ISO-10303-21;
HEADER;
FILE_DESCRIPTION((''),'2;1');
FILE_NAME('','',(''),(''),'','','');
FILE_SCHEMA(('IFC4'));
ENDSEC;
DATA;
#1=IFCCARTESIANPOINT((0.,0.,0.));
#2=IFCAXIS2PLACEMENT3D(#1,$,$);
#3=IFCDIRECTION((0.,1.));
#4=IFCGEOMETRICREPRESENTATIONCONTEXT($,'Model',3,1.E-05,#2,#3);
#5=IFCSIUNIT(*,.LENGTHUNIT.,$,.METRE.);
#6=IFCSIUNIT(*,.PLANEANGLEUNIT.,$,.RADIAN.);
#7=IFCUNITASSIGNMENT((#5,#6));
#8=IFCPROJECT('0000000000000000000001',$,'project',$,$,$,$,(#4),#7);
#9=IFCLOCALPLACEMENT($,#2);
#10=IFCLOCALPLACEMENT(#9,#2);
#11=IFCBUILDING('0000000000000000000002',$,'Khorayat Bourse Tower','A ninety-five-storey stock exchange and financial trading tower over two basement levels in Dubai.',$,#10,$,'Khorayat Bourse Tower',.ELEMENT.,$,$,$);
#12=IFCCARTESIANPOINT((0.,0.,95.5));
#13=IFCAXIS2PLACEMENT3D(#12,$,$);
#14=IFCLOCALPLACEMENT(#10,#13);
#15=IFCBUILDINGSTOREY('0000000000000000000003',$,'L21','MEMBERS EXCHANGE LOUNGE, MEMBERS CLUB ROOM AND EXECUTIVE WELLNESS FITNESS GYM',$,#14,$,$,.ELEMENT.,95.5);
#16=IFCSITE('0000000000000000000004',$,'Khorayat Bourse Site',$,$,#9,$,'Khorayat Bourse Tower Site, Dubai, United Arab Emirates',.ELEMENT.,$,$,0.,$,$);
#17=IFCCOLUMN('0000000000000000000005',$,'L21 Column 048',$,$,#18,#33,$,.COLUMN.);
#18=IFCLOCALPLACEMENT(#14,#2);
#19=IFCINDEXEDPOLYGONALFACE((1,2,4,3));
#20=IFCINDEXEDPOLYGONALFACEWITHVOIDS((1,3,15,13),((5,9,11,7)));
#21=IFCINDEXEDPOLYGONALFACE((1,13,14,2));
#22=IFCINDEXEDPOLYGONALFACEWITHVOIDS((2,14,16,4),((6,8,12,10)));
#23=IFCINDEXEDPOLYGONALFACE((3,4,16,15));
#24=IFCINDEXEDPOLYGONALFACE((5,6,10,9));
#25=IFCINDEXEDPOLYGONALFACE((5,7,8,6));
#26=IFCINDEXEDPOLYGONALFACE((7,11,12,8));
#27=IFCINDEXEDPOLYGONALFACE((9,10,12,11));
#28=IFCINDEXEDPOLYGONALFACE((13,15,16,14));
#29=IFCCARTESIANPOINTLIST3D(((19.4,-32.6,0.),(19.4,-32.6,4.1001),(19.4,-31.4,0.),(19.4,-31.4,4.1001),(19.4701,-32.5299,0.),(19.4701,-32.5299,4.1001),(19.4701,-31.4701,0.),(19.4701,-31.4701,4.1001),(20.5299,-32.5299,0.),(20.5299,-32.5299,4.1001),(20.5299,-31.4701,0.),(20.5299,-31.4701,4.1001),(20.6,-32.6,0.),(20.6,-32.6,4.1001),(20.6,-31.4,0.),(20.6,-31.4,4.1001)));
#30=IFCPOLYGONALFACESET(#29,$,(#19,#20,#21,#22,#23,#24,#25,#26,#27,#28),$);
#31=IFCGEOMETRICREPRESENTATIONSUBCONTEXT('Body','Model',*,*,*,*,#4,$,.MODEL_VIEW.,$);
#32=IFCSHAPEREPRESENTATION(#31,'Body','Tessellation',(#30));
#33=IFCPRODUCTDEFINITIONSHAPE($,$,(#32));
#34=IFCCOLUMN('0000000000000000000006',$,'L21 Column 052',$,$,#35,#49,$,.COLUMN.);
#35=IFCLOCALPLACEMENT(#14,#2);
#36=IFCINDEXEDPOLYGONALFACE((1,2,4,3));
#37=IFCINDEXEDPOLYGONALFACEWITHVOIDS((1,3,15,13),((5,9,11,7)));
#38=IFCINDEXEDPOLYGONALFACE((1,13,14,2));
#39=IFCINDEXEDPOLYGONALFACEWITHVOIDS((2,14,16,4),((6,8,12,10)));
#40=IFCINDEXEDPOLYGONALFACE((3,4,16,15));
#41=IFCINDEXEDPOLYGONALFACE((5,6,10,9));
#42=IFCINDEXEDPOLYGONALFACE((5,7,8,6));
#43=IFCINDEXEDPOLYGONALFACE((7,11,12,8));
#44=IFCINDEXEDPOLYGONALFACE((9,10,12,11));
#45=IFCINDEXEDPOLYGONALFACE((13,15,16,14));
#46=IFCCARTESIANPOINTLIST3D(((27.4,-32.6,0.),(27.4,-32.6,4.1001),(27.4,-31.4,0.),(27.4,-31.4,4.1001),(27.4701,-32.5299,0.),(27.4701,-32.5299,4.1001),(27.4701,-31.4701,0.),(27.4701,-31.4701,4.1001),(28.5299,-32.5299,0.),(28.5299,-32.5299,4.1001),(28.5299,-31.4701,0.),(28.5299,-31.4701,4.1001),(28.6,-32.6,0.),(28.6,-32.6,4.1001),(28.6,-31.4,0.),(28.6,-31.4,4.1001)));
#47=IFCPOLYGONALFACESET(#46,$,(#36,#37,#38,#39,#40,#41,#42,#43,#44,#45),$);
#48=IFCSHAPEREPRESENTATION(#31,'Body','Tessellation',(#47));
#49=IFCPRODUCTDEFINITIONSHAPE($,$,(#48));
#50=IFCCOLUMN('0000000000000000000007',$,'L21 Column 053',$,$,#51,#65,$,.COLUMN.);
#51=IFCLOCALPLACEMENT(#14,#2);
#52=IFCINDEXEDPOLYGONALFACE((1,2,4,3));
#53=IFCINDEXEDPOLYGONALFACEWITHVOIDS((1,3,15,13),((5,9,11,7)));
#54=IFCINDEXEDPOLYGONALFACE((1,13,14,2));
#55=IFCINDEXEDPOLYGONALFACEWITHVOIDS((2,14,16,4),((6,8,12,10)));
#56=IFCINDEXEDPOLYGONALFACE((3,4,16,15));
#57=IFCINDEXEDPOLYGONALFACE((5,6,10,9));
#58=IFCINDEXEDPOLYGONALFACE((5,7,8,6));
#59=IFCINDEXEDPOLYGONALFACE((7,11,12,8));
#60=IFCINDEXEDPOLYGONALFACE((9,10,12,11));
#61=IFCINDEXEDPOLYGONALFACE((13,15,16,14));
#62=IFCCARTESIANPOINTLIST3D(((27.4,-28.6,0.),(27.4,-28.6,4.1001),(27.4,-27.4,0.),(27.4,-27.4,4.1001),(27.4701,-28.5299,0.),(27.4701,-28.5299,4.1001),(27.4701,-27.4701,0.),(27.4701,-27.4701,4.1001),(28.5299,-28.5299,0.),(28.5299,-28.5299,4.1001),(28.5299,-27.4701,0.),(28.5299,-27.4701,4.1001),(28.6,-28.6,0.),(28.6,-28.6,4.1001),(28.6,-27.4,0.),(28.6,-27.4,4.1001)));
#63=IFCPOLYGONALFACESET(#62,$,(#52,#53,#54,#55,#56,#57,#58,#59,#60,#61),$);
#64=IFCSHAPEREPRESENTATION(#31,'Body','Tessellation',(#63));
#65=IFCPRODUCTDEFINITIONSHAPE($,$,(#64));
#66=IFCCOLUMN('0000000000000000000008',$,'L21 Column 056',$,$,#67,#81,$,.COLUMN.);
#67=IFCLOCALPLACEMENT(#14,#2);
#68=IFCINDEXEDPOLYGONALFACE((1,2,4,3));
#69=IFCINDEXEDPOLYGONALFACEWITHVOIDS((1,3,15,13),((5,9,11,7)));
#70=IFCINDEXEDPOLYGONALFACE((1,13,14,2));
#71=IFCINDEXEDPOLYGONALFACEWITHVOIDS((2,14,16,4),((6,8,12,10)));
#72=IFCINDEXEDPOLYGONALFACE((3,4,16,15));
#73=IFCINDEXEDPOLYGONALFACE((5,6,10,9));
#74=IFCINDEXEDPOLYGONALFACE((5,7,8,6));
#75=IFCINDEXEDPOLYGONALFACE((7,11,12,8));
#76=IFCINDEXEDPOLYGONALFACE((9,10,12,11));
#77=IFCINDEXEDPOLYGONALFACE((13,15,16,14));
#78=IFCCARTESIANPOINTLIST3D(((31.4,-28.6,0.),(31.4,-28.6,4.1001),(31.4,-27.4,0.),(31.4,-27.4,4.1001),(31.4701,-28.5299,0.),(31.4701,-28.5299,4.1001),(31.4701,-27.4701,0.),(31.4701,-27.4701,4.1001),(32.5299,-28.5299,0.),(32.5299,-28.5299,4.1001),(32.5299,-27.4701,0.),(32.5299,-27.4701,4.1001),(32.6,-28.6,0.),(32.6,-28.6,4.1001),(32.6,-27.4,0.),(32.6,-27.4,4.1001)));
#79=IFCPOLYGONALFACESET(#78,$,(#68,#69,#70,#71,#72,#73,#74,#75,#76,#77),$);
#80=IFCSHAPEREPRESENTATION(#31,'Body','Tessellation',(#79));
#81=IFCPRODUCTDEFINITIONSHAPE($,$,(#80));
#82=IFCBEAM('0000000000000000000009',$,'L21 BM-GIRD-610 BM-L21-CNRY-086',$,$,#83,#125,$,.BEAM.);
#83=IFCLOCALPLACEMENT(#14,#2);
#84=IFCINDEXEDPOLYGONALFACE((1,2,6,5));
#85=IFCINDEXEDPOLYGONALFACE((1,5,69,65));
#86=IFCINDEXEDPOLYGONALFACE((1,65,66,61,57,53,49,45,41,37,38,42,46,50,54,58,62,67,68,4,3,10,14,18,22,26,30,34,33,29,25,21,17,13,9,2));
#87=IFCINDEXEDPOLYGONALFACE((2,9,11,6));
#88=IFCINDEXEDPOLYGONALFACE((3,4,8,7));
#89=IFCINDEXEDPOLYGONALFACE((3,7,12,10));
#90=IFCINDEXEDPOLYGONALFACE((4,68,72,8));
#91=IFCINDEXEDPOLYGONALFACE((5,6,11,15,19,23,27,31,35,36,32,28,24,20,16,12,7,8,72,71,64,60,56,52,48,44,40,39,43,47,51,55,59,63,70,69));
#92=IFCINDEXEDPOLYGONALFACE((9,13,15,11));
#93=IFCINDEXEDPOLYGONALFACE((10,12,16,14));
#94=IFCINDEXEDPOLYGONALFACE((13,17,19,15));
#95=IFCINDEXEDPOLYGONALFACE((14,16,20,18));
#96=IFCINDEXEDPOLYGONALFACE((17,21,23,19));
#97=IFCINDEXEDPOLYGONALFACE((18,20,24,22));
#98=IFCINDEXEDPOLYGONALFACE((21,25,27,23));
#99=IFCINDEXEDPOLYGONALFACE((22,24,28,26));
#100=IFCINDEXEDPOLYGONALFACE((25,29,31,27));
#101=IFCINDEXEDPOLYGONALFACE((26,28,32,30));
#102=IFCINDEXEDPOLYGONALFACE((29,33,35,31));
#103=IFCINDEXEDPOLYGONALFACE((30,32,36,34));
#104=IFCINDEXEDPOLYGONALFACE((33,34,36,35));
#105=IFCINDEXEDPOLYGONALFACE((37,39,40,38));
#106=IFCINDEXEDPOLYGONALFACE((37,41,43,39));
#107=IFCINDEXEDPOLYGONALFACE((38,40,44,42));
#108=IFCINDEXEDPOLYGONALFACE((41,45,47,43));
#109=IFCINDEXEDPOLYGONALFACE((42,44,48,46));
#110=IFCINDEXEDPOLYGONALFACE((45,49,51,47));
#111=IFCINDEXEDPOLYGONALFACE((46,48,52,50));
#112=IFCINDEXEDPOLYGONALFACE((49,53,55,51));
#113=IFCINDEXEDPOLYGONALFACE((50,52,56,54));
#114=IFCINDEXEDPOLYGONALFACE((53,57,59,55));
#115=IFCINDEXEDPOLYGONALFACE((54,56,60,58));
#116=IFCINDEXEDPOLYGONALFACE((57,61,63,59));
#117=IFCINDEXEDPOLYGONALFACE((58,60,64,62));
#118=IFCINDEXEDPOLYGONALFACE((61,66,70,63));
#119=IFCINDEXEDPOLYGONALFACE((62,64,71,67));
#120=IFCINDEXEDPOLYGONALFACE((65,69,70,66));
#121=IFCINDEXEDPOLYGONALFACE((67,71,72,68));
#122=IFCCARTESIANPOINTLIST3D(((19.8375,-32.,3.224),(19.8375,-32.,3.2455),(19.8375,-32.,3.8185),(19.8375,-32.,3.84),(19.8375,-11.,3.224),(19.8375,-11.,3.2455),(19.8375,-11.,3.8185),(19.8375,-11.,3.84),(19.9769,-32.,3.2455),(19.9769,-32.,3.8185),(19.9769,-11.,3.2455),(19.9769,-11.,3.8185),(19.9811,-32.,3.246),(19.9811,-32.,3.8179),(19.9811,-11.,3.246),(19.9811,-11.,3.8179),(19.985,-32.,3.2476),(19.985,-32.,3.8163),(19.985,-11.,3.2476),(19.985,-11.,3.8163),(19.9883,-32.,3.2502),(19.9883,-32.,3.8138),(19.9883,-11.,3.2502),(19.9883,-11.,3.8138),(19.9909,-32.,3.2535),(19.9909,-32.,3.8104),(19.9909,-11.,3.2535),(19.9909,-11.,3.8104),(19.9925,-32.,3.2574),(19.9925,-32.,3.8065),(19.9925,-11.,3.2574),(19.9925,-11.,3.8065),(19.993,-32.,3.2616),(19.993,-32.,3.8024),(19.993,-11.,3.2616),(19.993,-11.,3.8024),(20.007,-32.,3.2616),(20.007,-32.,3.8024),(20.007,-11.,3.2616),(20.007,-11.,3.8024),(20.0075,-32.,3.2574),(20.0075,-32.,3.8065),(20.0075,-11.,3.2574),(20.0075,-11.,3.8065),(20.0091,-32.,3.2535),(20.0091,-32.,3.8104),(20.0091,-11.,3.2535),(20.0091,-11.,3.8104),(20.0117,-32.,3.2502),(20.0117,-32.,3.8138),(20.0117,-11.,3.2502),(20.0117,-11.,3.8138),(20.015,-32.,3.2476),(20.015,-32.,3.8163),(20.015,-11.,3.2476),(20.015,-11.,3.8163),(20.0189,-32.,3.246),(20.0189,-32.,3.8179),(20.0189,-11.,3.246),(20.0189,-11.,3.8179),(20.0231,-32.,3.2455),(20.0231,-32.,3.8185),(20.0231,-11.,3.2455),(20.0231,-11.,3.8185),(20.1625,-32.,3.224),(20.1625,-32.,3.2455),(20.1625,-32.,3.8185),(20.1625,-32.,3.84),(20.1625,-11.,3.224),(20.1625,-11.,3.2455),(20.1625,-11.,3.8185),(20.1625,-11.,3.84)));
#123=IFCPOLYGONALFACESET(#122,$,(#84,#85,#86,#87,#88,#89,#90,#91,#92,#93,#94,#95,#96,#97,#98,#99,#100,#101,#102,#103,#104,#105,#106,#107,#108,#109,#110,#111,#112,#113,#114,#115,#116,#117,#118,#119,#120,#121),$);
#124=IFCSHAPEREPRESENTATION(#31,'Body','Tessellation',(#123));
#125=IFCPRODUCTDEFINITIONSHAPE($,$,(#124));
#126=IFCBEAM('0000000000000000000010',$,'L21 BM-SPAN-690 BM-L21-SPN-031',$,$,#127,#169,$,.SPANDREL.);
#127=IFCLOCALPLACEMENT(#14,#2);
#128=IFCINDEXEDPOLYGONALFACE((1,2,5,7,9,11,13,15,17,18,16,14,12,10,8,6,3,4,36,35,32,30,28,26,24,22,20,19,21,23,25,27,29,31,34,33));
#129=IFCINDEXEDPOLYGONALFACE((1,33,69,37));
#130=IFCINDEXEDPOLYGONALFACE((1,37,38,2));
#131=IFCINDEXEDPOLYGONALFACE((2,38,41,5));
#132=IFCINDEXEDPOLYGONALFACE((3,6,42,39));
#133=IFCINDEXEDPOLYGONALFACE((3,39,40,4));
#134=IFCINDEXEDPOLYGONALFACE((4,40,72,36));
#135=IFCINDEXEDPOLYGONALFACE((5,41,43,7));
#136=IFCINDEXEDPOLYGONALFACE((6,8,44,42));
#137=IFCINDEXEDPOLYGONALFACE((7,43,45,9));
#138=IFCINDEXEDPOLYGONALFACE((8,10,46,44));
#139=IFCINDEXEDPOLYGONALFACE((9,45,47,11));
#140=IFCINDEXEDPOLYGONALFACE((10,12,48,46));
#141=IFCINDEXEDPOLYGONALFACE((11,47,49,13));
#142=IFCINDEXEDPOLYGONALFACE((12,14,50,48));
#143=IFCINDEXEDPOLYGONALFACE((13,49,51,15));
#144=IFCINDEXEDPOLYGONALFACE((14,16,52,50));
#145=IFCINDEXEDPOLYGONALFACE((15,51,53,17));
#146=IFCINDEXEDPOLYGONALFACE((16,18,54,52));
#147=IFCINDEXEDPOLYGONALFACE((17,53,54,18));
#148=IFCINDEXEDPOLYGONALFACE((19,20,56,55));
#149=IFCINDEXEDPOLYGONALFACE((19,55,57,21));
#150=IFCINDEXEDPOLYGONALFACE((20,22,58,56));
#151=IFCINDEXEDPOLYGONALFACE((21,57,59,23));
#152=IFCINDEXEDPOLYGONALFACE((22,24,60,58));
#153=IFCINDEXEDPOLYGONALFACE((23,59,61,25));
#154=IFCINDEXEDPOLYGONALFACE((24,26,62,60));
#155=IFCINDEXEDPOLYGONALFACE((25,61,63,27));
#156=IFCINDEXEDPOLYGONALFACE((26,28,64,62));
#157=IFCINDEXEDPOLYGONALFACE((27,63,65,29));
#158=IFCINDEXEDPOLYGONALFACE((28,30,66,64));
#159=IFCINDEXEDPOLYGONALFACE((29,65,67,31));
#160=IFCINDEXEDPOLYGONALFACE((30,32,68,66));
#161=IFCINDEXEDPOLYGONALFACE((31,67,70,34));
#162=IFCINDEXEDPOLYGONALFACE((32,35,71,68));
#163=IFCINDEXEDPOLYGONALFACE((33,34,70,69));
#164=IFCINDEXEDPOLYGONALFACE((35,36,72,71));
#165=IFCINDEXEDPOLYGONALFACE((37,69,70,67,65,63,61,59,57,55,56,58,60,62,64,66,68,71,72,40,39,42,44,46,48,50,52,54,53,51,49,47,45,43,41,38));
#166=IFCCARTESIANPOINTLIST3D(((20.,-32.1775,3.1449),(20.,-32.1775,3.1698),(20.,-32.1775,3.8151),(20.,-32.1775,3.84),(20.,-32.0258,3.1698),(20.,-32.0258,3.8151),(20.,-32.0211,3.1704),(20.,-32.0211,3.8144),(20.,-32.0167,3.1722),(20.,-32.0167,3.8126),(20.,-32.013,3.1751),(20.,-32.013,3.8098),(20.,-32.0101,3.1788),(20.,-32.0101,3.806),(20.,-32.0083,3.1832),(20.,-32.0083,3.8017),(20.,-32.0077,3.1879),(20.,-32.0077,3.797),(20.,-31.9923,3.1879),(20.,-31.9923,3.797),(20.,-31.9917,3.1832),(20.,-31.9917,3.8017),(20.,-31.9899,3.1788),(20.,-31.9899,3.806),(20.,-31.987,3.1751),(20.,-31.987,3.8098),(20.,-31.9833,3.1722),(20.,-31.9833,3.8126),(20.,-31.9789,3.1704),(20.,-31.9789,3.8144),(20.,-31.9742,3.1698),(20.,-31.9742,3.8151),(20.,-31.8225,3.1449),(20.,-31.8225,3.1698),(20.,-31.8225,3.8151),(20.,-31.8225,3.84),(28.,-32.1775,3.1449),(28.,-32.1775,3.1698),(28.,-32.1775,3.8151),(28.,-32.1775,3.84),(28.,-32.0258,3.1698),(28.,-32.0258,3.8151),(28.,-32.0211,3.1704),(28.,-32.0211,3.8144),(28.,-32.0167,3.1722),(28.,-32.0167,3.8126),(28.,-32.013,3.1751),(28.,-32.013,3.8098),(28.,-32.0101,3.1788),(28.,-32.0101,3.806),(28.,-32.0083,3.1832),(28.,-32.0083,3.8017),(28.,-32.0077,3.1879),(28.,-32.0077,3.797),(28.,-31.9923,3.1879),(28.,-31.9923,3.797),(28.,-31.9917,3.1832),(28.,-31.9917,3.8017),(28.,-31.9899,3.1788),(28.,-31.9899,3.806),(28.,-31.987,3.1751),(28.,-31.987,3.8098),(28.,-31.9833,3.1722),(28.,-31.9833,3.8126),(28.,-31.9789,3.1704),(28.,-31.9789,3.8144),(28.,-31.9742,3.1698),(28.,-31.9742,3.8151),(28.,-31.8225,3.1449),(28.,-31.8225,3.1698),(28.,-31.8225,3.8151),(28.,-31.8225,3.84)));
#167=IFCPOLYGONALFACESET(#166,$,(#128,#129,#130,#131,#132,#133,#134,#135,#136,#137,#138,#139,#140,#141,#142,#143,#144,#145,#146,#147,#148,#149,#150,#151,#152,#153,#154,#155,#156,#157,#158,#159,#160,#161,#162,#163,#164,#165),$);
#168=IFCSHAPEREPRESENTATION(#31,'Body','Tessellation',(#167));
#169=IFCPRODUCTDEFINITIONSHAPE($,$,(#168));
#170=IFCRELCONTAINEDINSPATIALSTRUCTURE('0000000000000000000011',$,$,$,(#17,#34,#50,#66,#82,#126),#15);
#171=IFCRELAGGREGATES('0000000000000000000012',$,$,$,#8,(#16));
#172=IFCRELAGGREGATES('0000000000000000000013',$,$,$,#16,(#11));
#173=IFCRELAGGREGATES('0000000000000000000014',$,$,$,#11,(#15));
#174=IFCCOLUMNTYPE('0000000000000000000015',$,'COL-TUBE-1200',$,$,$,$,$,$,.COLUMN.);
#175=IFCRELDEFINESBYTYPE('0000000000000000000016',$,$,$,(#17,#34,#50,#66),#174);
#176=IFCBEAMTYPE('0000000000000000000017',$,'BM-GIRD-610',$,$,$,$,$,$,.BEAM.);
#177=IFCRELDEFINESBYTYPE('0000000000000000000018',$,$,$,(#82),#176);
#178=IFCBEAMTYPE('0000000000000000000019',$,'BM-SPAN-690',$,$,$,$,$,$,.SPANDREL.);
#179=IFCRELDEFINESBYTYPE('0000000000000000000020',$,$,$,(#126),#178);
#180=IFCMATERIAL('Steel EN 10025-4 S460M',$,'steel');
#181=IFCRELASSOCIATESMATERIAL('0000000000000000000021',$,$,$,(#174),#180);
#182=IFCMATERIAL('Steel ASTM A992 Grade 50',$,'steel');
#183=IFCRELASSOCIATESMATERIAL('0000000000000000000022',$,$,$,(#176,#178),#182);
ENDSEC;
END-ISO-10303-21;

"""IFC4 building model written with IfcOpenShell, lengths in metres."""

from ifc_helpers import new_model, si_unit, direction, frame, origin, origin_2d, place, context, subcontext, project, spatial, hollow_rectangle, i_section, extrude, source, transform, mapped, material, material_profile, profile_set, type_object, element, save


model = new_model("IFC4")

# Units and contexts
model_context = context("Model", 3, precision=1e-05, world=origin(), true_north=direction((0.0, 1.0)))
body_context = subcontext(model_context, "Body", "Model", "MODEL_VIEW")
ifc_project = project(units=[si_unit("LENGTHUNIT", "METRE"), si_unit("PLANEANGLEUNIT", "RADIAN")], contexts=[model_context])

# Site, building, storey
site_placement = place(None, origin())
site = spatial("IfcSite", under=ifc_project, at=site_placement, Name="Khorayat Bourse Site", LongName="Khorayat Bourse Tower Site, Dubai, United Arab Emirates", CompositionType="ELEMENT", RefElevation=0.0)
building_placement = place(site_placement, origin())
building = spatial("IfcBuilding", under=site, at=building_placement, Name="Khorayat Bourse Tower", Description="A ninety-five-storey stock exchange and financial trading tower over two basement levels in Dubai.", LongName="Khorayat Bourse Tower", CompositionType="ELEMENT")
storey_placement = place(building_placement, frame((0.0, 0.0, 95.5)))
storey = spatial("IfcBuildingStorey", under=building, at=storey_placement, Name="L21", Description="MEMBERS EXCHANGE LOUNGE, MEMBERS CLUB ROOM AND EXECUTIVE WELLNESS FITNESS GYM", CompositionType="ELEMENT", Elevation=95.5)

# Columns
ifc_material_1 = material(Name="Steel EN 10025-4 S460M", Category="steel")
ifc_material_profile_1 = material_profile(ifc_material_1, hollow_rectangle(XDim=1.2, YDim=1.2, WallThickness=0.0701, at=origin_2d()), Name="BOX 1200x1200x70")
ifc_profile_set_1 = profile_set([ifc_material_profile_1], Name="Steel EN 10025-4 S460M")
column_type = type_object("IfcColumnType", Name="COL-TUBE-1200", PredefinedType="COLUMN", material=ifc_profile_set_1)
shared_shape_1 = source(origin(), body_context, "Body", "SweptSolid", [
    extrude(hollow_rectangle(XDim=1.2, YDim=1.2, WallThickness=0.0701, at=origin_2d()), origin(), (0.0, 0.0, 1.0), 4.1001),
])
for number, where, z_axis, x_axis, name in (
    (1, (20.0, -32.0, 0.0), (0.0, 0.0, 1.0), (1.0, 0.0, 0.0), "L21 Column 048"),
    (2, (28.0, -32.0, 0.0), (0.0, 0.0, 1.0), (1.0, 0.0, 0.0), "L21 Column 052"),
    (3, (28.0, -28.0, 0.0), (0.0, 0.0, 1.0), (1.0, 0.0, 0.0), "L21 Column 053"),
    (4, (32.0, -28.0, 0.0), (0.0, 0.0, 1.0), (1.0, 0.0, 0.0), "L21 Column 056"),
):
    element("IfcColumn", number, at=place(storey_placement, frame(where, z_axis=z_axis, x_axis=x_axis)), inside=storey, type_object=column_type, Name=name, PredefinedType="COLUMN", context=body_context, shape_type="MappedRepresentation", body=[
        mapped(shared_shape_1, transform((0.0, 0.0, 0.0), scale=1.0)),
    ])

# Beams
ifc_material_2 = material(Name="Steel ASTM A992 Grade 50", Category="steel")
ifc_material_profile_2 = material_profile(ifc_material_2, i_section(OverallWidth=0.325, OverallDepth=0.616, WebThickness=0.0139, FlangeThickness=0.0215, FilletRadius=0.0161, at=origin_2d()), Name="W610X174")
ifc_profile_set_2 = profile_set([ifc_material_profile_2], Name="Steel ASTM A992 Grade 50")
beam_type_1 = type_object("IfcBeamType", Name="BM-GIRD-610", PredefinedType="BEAM", material=ifc_profile_set_2)
shared_shape_2 = source(origin(), body_context, "Body", "SweptSolid", [
    extrude(i_section(OverallWidth=0.325, OverallDepth=0.616, WebThickness=0.0139, FlangeThickness=0.0215, FilletRadius=0.0161, at=origin_2d()), origin(), (0.0, 0.0, 1.0), 21.0),
])
beam_1_placement = place(storey_placement, frame((20.0, -32.0, 3.532), z_axis=(0.0, 1.0, 0.0), x_axis=(-1.0, 0.0, 0.0)))
element("IfcBeam", 5, at=beam_1_placement, inside=storey, type_object=beam_type_1, Name="L21 BM-GIRD-610 BM-L21-CNRY-086", PredefinedType="BEAM", context=body_context, shape_type="MappedRepresentation", body=[
    mapped(shared_shape_2, transform((0.0, 0.0, 0.0), scale=1.0)),
])
ifc_material_profile_3 = material_profile(ifc_material_2, i_section(OverallWidth=0.355, OverallDepth=0.6951, WebThickness=0.0154, FlangeThickness=0.0249, FilletRadius=0.0181, at=origin_2d()), Name="W690X217")
ifc_profile_set_3 = profile_set([ifc_material_profile_3], Name="Steel ASTM A992 Grade 50")
beam_type_2 = type_object("IfcBeamType", Name="BM-SPAN-690", PredefinedType="SPANDREL", material=ifc_profile_set_3)
shared_shape_3 = source(origin(), body_context, "Body", "SweptSolid", [
    extrude(i_section(OverallWidth=0.355, OverallDepth=0.6951, WebThickness=0.0154, FlangeThickness=0.0249, FilletRadius=0.0181, at=origin_2d()), origin(), (0.0, 0.0, 1.0), 8.0),
])
for number, where, z_axis, x_axis, name in (
    (6, (20.0, -32.0, 3.4924), (1.0, 0.0, 0.0), (0.0, 1.0, 0.0), "L21 BM-SPAN-690 BM-L21-SPN-031"),
):
    element("IfcBeam", number, at=place(storey_placement, frame(where, z_axis=z_axis, x_axis=x_axis)), inside=storey, type_object=beam_type_2, Name=name, PredefinedType="SPANDREL", context=body_context, shape_type="MappedRepresentation", body=[
        mapped(shared_shape_3, transform((0.0, 0.0, 0.0), scale=1.0)),
    ])

save(model, "model.ifc")
